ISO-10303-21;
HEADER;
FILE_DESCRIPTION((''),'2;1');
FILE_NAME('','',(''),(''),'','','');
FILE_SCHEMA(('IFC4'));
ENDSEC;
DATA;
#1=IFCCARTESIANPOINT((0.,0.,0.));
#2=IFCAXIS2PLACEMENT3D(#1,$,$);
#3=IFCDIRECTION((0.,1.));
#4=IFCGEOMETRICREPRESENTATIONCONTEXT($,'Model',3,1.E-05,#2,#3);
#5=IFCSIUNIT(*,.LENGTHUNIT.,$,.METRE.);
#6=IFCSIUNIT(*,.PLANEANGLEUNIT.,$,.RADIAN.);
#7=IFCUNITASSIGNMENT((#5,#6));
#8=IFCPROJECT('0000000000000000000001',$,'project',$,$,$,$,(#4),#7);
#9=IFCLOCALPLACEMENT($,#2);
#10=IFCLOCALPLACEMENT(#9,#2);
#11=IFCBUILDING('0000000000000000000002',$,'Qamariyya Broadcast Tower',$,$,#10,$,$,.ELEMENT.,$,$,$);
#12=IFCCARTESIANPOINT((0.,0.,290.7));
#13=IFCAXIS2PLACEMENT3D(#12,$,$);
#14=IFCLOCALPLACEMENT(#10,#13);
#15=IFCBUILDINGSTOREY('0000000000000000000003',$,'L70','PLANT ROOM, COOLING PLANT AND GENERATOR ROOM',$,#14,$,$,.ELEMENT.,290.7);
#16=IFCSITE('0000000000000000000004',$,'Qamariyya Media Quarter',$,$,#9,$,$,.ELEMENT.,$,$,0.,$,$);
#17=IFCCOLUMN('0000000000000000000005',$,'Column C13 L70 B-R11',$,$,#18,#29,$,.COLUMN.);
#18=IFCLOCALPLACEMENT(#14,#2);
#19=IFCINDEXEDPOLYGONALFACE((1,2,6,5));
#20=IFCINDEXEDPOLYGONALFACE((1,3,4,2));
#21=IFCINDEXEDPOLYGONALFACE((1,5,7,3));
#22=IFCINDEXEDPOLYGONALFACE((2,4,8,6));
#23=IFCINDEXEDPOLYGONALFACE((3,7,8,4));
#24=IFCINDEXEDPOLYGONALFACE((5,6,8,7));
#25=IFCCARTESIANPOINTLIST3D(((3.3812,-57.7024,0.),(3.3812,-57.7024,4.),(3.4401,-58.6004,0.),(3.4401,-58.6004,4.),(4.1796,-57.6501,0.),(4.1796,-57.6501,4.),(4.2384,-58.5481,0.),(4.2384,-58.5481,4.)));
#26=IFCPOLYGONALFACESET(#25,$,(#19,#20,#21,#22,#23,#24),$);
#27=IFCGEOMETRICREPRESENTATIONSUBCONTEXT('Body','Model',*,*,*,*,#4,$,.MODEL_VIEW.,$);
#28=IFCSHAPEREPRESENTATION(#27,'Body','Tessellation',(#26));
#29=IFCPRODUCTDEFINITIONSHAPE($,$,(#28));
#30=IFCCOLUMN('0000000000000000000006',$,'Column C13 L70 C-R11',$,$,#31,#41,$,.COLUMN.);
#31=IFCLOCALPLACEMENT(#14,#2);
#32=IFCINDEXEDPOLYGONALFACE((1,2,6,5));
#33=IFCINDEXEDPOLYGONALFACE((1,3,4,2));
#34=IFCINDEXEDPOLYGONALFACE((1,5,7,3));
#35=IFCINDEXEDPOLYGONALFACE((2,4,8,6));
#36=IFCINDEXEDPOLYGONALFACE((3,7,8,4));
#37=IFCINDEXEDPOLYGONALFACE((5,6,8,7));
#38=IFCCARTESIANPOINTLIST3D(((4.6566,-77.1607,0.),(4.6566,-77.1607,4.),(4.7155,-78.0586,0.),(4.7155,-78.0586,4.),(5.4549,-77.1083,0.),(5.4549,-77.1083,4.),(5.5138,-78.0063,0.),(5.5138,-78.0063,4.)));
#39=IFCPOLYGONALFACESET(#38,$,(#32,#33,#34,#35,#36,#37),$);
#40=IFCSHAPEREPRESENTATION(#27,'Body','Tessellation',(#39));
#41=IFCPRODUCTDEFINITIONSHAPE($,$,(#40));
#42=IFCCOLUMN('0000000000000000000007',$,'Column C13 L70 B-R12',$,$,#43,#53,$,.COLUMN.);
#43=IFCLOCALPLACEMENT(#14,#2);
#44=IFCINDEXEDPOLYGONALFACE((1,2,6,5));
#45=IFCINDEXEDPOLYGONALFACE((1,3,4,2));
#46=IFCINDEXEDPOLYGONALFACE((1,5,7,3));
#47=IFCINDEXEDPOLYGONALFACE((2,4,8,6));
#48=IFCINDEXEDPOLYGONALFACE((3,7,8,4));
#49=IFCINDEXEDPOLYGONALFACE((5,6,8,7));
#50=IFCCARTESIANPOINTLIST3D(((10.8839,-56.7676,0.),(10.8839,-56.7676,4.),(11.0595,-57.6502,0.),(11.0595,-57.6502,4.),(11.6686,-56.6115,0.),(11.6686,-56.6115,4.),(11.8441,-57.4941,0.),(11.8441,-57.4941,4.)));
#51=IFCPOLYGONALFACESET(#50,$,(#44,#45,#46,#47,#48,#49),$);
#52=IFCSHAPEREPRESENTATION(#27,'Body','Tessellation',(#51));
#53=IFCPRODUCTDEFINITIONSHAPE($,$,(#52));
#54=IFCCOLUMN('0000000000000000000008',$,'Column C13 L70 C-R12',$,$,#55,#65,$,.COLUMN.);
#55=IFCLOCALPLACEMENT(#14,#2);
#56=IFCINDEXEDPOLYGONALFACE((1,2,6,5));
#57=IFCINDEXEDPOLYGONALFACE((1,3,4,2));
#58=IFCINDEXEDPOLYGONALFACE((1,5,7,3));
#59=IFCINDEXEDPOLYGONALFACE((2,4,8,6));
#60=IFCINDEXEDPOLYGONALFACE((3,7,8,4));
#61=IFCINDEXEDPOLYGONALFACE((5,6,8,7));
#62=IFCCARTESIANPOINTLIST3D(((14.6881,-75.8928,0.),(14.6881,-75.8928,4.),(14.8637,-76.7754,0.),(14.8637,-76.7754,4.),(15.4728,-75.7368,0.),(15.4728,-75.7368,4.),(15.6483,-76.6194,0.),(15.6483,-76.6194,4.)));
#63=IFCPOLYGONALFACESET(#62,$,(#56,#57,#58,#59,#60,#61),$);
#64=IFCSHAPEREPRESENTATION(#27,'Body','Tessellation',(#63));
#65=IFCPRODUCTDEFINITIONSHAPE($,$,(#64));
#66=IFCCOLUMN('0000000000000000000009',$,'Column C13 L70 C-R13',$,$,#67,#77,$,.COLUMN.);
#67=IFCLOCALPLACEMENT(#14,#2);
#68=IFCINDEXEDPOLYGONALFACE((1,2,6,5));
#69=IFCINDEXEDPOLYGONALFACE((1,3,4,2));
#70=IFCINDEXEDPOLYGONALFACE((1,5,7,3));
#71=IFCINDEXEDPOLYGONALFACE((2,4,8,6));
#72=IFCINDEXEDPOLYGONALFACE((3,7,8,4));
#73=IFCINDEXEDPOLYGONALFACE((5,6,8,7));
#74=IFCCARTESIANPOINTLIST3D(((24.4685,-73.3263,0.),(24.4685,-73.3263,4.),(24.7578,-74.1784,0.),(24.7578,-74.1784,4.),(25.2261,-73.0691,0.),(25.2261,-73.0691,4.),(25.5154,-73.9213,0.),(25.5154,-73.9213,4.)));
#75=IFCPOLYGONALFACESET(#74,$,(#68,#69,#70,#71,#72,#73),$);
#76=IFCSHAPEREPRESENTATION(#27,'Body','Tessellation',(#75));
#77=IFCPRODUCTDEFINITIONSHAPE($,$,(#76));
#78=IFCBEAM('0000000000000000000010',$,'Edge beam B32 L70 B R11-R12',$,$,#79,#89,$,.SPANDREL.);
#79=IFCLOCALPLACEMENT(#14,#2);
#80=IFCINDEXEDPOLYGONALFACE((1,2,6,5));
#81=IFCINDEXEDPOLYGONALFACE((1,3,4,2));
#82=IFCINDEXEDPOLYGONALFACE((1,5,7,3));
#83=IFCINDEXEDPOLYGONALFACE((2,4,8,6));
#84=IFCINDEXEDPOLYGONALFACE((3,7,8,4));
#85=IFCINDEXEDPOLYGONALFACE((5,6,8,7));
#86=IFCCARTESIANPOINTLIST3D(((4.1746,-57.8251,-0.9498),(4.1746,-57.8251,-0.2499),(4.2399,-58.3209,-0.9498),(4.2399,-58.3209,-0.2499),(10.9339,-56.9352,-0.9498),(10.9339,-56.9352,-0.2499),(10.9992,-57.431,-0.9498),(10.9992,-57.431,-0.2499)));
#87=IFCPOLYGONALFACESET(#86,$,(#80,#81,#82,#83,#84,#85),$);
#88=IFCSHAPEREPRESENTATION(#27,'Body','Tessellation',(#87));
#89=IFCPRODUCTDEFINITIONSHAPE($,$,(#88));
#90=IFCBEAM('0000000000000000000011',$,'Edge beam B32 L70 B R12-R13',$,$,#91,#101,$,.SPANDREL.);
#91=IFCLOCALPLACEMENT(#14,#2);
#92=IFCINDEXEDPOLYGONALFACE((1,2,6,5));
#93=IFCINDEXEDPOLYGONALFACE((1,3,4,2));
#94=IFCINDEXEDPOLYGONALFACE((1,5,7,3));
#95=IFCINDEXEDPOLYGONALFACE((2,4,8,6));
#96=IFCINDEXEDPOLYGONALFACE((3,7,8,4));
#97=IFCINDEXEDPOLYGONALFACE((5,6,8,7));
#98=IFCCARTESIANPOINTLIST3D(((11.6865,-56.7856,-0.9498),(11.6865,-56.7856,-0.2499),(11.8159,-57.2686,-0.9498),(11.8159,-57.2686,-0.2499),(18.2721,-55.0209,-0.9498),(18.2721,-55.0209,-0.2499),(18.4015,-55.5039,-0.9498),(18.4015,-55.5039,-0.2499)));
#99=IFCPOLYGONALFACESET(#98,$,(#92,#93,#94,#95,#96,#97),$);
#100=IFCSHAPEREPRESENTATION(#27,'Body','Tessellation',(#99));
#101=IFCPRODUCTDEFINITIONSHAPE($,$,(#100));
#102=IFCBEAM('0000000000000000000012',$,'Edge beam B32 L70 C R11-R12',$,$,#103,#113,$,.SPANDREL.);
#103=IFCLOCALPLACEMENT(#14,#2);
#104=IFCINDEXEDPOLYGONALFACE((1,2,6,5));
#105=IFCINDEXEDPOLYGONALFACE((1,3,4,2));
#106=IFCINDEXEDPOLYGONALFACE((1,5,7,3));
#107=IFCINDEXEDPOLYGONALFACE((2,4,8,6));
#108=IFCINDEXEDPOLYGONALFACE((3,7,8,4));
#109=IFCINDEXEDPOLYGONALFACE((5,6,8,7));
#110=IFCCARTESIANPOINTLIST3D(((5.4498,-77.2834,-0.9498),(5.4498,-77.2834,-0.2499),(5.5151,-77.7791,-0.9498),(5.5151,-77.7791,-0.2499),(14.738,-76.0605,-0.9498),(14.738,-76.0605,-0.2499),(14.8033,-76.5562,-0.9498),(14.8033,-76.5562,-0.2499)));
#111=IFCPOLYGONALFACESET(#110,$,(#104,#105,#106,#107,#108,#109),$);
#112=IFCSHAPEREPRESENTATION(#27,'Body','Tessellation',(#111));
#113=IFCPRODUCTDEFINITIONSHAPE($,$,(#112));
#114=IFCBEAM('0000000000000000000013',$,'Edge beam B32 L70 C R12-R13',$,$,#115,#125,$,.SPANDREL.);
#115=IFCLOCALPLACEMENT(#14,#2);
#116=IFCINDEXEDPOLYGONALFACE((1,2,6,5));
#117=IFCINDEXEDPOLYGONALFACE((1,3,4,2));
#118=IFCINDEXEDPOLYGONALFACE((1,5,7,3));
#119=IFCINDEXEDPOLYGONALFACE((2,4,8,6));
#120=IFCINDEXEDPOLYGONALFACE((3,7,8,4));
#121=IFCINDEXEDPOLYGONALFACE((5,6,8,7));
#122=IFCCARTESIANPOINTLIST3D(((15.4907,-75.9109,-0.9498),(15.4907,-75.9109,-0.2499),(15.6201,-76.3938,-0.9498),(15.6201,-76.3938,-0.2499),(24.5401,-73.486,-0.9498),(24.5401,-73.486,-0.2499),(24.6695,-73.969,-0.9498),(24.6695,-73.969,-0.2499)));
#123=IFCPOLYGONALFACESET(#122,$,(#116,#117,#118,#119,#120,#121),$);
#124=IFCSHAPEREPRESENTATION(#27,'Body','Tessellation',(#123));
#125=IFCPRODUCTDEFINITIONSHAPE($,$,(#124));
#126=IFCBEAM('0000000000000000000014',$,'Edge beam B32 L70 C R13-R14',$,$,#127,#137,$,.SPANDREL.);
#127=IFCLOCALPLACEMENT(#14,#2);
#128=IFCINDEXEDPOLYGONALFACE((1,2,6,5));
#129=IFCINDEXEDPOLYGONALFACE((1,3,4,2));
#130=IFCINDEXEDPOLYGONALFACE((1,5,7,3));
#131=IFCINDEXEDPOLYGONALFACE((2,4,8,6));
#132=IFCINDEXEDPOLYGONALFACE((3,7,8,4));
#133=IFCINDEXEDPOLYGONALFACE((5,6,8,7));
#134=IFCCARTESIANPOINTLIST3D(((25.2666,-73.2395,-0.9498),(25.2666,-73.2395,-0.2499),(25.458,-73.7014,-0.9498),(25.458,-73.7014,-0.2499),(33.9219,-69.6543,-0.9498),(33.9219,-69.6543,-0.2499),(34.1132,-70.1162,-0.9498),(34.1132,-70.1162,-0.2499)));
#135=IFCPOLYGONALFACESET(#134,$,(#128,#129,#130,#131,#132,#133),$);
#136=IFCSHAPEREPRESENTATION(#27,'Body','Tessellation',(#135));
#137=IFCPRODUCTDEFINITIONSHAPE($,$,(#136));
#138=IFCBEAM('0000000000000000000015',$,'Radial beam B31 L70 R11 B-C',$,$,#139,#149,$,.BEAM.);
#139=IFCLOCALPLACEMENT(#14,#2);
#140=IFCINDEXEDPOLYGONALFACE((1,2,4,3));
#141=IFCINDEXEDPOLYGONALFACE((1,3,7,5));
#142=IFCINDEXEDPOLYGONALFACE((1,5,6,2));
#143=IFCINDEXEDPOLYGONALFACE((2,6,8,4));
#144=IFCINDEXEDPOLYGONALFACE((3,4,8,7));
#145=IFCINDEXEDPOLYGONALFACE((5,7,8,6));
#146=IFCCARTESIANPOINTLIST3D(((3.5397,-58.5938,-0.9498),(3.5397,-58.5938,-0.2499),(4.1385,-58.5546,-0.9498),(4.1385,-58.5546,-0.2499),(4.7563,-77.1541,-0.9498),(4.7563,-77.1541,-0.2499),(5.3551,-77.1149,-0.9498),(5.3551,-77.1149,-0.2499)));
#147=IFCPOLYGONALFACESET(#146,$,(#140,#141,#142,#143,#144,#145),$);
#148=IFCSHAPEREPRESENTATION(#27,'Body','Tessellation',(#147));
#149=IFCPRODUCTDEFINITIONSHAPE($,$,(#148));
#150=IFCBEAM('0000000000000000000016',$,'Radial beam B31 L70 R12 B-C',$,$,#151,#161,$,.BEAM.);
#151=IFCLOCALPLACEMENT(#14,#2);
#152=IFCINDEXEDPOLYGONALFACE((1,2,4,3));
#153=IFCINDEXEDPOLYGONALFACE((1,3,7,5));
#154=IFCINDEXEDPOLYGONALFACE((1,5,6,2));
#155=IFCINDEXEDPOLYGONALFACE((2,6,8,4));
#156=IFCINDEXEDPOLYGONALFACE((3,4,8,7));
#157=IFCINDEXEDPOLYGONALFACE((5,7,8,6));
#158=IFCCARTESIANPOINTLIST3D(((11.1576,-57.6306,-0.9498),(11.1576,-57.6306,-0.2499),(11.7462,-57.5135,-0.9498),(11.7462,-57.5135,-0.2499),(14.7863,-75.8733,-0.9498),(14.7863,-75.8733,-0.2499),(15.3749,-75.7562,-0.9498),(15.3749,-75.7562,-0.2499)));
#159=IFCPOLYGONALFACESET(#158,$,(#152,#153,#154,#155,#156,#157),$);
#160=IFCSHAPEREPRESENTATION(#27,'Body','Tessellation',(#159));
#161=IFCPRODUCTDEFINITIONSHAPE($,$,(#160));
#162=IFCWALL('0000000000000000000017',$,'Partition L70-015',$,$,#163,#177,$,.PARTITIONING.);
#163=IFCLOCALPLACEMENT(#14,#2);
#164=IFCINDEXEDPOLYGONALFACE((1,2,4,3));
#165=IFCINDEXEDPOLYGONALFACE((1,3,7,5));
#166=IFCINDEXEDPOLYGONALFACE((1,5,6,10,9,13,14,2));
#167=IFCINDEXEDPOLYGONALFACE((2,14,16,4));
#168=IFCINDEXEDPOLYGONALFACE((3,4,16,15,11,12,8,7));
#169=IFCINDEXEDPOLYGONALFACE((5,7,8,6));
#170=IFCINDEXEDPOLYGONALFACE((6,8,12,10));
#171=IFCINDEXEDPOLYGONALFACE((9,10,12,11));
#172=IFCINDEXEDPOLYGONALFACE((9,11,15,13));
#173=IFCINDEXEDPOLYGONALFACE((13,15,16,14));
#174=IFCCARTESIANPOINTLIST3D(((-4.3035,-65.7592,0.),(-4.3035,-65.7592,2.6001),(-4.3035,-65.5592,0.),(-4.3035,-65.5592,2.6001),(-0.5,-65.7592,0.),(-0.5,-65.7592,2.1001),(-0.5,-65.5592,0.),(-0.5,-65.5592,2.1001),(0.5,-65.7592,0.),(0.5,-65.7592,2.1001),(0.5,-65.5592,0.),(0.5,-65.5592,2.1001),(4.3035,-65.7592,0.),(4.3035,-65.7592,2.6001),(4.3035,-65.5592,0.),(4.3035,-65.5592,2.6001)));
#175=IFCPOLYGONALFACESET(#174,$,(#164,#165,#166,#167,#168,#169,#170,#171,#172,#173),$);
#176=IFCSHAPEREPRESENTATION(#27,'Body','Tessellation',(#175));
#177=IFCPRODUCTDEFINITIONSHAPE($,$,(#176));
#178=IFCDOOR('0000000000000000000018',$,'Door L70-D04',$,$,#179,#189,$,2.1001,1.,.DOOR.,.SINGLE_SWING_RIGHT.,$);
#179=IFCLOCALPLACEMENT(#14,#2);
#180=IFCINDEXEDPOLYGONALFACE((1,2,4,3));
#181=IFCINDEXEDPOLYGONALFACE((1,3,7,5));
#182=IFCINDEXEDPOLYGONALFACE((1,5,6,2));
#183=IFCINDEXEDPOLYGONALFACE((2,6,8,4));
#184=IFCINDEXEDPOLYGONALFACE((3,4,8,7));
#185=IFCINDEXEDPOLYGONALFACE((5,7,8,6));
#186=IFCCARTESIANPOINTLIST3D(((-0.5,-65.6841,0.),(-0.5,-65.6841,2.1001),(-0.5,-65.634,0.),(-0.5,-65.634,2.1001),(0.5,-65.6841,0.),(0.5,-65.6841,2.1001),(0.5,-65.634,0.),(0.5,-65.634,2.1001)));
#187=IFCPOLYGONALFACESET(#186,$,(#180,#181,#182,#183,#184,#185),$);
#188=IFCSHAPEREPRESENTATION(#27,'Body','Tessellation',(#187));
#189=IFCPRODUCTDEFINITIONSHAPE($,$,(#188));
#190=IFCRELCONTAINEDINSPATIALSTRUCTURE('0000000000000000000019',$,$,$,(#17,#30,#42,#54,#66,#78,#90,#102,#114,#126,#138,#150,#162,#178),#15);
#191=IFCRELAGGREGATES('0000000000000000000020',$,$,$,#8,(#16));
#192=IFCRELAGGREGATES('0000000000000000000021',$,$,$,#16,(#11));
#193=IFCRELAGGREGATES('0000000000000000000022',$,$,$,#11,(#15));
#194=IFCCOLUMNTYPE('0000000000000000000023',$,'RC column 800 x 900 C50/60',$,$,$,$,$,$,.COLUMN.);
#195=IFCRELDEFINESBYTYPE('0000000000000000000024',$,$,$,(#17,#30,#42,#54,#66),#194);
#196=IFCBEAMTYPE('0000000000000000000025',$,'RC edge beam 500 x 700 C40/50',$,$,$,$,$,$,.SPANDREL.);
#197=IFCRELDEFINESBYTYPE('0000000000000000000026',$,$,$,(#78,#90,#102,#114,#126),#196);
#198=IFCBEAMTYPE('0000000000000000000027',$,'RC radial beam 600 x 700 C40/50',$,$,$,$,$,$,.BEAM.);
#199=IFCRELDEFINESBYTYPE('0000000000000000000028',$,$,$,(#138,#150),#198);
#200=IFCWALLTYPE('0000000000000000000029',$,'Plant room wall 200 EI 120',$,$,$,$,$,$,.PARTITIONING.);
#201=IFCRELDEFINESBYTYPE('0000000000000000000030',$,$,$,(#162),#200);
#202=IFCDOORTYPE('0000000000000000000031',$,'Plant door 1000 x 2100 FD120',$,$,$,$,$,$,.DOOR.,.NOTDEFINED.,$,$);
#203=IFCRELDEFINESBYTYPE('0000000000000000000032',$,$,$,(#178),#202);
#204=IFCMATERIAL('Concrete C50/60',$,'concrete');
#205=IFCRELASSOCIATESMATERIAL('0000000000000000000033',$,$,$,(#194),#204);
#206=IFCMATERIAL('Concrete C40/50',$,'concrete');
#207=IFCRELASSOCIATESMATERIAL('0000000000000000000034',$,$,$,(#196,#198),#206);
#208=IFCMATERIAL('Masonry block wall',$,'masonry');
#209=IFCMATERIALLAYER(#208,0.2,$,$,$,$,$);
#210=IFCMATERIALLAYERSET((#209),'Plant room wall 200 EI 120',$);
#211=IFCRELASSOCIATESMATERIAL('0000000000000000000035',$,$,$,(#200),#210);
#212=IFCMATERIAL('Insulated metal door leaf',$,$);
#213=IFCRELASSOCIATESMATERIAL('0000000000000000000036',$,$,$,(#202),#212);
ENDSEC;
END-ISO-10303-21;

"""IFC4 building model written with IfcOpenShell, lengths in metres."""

from ifc_helpers import new_model, si_unit, direction, frame, frame_2d, origin, origin_2d, place, context, subcontext, project, spatial, rectangle, extrude, material, layer, layer_set, material_profile, profile_set, type_object, element, fill, save


model = new_model("IFC4")

# Units and contexts
model_context = context("Model", 3, precision=1e-05, world=origin(), true_north=direction((0.0, 1.0)))
body_context = subcontext(model_context, "Body", "Model", "MODEL_VIEW")
ifc_project = project(units=[si_unit("LENGTHUNIT", "METRE"), si_unit("PLANEANGLEUNIT", "RADIAN")], contexts=[model_context])

# Site, building, storey
site_placement = place(None, origin())
site = spatial("IfcSite", under=ifc_project, at=site_placement, Name="Qamariyya Media Quarter", CompositionType="ELEMENT", RefElevation=0.0)
building_placement = place(site_placement, origin())
building = spatial("IfcBuilding", under=site, at=building_placement, Name="Qamariyya Broadcast Tower", CompositionType="ELEMENT")
storey_placement = place(building_placement, frame((0.0, 0.0, 290.7)))
storey = spatial("IfcBuildingStorey", under=building, at=storey_placement, Name="L70", Description="PLANT ROOM, COOLING PLANT AND GENERATOR ROOM", CompositionType="ELEMENT", Elevation=290.7)

# Columns
ifc_material_1 = material(Name="Concrete C50/60", Category="concrete")
ifc_material_profile_1 = material_profile(ifc_material_1, rectangle(XDim=0.8, YDim=0.8999, at=origin_2d()))
ifc_profile_set_1 = profile_set([ifc_material_profile_1], Name="Concrete C50/60")
column_type = type_object("IfcColumnType", Name="RC column 800 x 900 C50/60", PredefinedType="COLUMN", material=ifc_profile_set_1)
for number, where, z_axis, x_axis, name in (
    (1, (3.8098, -58.1252, 0.0), (0.0, 0.0, 1.0), (0.997859, 0.065403, 0.0), "Column C13 L70 B-R11"),
    (2, (5.0852, -77.5835, 0.0), (0.0, 0.0, 1.0), (0.997859, 0.065403, 0.0), "Column C13 L70 C-R11"),
    (3, (11.364, -57.1309, 0.0), (0.0, 0.0, 1.0), (0.980785, 0.19509, 0.0), "Column C13 L70 B-R12"),
    (4, (15.1682, -76.2561, 0.0), (0.0, 0.0, 1.0), (0.980785, 0.19509, 0.0), "Column C13 L70 C-R12"),
    (5, (24.9919, -73.6238, 0.0), (0.0, 0.0, 1.0), (0.94693, 0.321439, 0.0), "Column C13 L70 C-R13"),
):
    element("IfcColumn", number, at=place(storey_placement, frame(where, z_axis=z_axis, x_axis=x_axis)), inside=storey, type_object=column_type, Name=name, PredefinedType="COLUMN", context=body_context, shape_type="SweptSolid", body=[
        extrude(rectangle(XDim=0.8, YDim=0.8999, at=origin_2d()), origin(), (0.0, 0.0, 1.0), 4.0),
    ])

# Beams
ifc_material_2 = material(Name="Concrete C40/50", Category="concrete")
ifc_material_profile_2 = material_profile(ifc_material_2, rectangle(XDim=0.5, YDim=0.7, at=origin_2d()))
ifc_profile_set_2 = profile_set([ifc_material_profile_2], Name="Concrete C40/50")
beam_type_1 = type_object("IfcBeamType", Name="RC edge beam 500 x 700 C40/50", PredefinedType="SPANDREL", material=ifc_profile_set_2)
beam_1_placement = place(storey_placement, frame((4.2073, -58.073, -0.5999), z_axis=(0.991445, 0.130529, 0.0), x_axis=(-0.130529, 0.991445, 0.0)))
element("IfcBeam", 6, at=beam_1_placement, inside=storey, type_object=beam_type_1, Name="Edge beam B32 L70 B R11-R12", PredefinedType="SPANDREL", context=body_context, shape_type="SweptSolid", body=[
    extrude(rectangle(XDim=0.5, YDim=0.7, at=origin_2d()), origin(), (0.0, 0.0, 1.0), 6.8176),
])
beam_2_placement = place(storey_placement, frame((11.7512, -57.0271, -0.5999), z_axis=(0.965923, 0.25883, 0.0), x_axis=(-0.25883, 0.965923, 0.0)))
element("IfcBeam", 7, at=beam_2_placement, inside=storey, type_object=beam_type_1, Name="Edge beam B32 L70 B R12-R13", PredefinedType="SPANDREL", context=body_context, shape_type="SweptSolid", body=[
    extrude(rectangle(XDim=0.5, YDim=0.7, at=origin_2d()), origin(), (0.0, 0.0, 1.0), 6.8179),
])
beam_3_placement = place(storey_placement, frame((5.4824, -77.5312, -0.5999), z_axis=(0.991444, 0.130533, 0.0), x_axis=(-0.130533, 0.991444, 0.0)))
element("IfcBeam", 8, at=beam_3_placement, inside=storey, type_object=beam_type_1, Name="Edge beam B32 L70 C R11-R12", PredefinedType="SPANDREL", context=body_context, shape_type="SweptSolid", body=[
    extrude(rectangle(XDim=0.5, YDim=0.7, at=origin_2d()), origin(), (0.0, 0.0, 1.0), 9.3684),
])
beam_4_placement = place(storey_placement, frame((15.5554, -76.1523, -0.5999), z_axis=(0.965925, 0.258824, 0.0), x_axis=(-0.258824, 0.965925, 0.0)))
element("IfcBeam", 9, at=beam_4_placement, inside=storey, type_object=beam_type_1, Name="Edge beam B32 L70 C R12-R13", PredefinedType="SPANDREL", context=body_context, shape_type="SweptSolid", body=[
    extrude(rectangle(XDim=0.5, YDim=0.7, at=origin_2d()), origin(), (0.0, 0.0, 1.0), 9.3687),
])
beam_5_placement = place(storey_placement, frame((25.3623, -73.4705, -0.5999), z_axis=(0.923877, 0.38269, 0.0), x_axis=(-0.38269, 0.923877, 0.0)))
element("IfcBeam", 10, at=beam_5_placement, inside=storey, type_object=beam_type_1, Name="Edge beam B32 L70 C R13-R14", PredefinedType="SPANDREL", context=body_context, shape_type="SweptSolid", body=[
    extrude(rectangle(XDim=0.5, YDim=0.7, at=origin_2d()), origin(), (0.0, 0.0, 1.0), 9.3684),
])
ifc_material_profile_3 = material_profile(ifc_material_2, rectangle(XDim=0.6001, YDim=0.7, at=origin_2d()))
ifc_profile_set_3 = profile_set([ifc_material_profile_3], Name="Concrete C40/50")
beam_type_2 = type_object("IfcBeamType", Name="RC radial beam 600 x 700 C40/50", PredefinedType="BEAM", material=ifc_profile_set_3)
for number, where, z_axis, x_axis, name in (
    (11, (3.8391, -58.5742, -0.5999), (0.065406, -0.997859, 0.0), (0.997859, 0.065406, 0.0), "Radial beam B31 L70 R11 B-C"),
    (12, (11.4519, -57.572, -0.5999), (0.195089, -0.980786, 0.0), (0.980786, 0.195089, 0.0), "Radial beam B31 L70 R12 B-C"),
):
    element("IfcBeam", number, at=place(storey_placement, frame(where, z_axis=z_axis, x_axis=x_axis)), inside=storey, type_object=beam_type_2, Name=name, PredefinedType="BEAM", context=body_context, shape_type="SweptSolid", body=[
        extrude(rectangle(XDim=0.6001, YDim=0.7, at=origin_2d()), origin(), (0.0, 0.0, 1.0), 18.6001),
    ])

# Wall, opening, door
ifc_material_3 = material(Name="Masonry block wall", Category="masonry")
ifc_layer_1 = layer(ifc_material_3, 0.2)
ifc_layer_set_1 = layer_set([ifc_layer_1], Name="Plant room wall 200 EI 120")
wall_type_1 = type_object("IfcWallType", Name="Plant room wall 200 EI 120", PredefinedType="PARTITIONING", material=ifc_layer_set_1)
wall_1_placement = place(storey_placement, frame((4.3035, -65.6592, 0.0), z_axis=(0.0, 0.0, 1.0), x_axis=(-1.0, 0.0, 0.0)))
wall_1 = element("IfcWall", 13, at=wall_1_placement, inside=storey, type_object=wall_type_1, Name="Partition L70-015", PredefinedType="PARTITIONING", context=body_context, shape_type="SweptSolid", body=[
    extrude(rectangle(XDim=8.6069, YDim=0.2, at=frame_2d((4.3035, 0.0))), origin(), (0.0, 0.0, 1.0), 2.6001),
])
opening_1_placement = place(wall_1_placement, frame((3.8035, 0.0, 0.0)))
opening_1 = element("IfcOpeningElement", 14, at=opening_1_placement, cuts=wall_1, PredefinedType="OPENING", context=body_context, shape_type="SweptSolid", body=[
    extrude(rectangle(XDim=1.0, YDim=2.1001, at=frame_2d((0.5, 1.05))), frame((0.0, 0.1099, 0.0), z_axis=(0.0, -1.0, 0.0), x_axis=(1.0, 0.0, 0.0)), (0.0, 0.0, 1.0), 0.22),
])
ifc_material_4 = material(Name="Insulated metal door leaf")
door_type_1 = type_object("IfcDoorType", Name="Plant door 1000 x 2100 FD120", OperationType="NOTDEFINED", PredefinedType="DOOR", material=ifc_material_4)
door_1_placement = place(opening_1_placement, origin())
door_1 = element("IfcDoor", 15, at=door_1_placement, inside=storey, type_object=door_type_1, Name="Door L70-D04", OperationType="SINGLE_SWING_RIGHT", OverallHeight=2.1001, OverallWidth=1.0, PredefinedType="DOOR", context=body_context, shape_type="SweptSolid", body=[
    extrude(rectangle(XDim=1.0, YDim=2.1001, at=frame_2d((0.5, 1.05))), frame((0.0, 0.0249, 0.0), z_axis=(0.0, -1.0, 0.0), x_axis=(1.0, 0.0, 0.0)), (0.0, 0.0, 1.0), 0.05),
])
fill(opening_1, door_1)

save(model, "model.ifc")
